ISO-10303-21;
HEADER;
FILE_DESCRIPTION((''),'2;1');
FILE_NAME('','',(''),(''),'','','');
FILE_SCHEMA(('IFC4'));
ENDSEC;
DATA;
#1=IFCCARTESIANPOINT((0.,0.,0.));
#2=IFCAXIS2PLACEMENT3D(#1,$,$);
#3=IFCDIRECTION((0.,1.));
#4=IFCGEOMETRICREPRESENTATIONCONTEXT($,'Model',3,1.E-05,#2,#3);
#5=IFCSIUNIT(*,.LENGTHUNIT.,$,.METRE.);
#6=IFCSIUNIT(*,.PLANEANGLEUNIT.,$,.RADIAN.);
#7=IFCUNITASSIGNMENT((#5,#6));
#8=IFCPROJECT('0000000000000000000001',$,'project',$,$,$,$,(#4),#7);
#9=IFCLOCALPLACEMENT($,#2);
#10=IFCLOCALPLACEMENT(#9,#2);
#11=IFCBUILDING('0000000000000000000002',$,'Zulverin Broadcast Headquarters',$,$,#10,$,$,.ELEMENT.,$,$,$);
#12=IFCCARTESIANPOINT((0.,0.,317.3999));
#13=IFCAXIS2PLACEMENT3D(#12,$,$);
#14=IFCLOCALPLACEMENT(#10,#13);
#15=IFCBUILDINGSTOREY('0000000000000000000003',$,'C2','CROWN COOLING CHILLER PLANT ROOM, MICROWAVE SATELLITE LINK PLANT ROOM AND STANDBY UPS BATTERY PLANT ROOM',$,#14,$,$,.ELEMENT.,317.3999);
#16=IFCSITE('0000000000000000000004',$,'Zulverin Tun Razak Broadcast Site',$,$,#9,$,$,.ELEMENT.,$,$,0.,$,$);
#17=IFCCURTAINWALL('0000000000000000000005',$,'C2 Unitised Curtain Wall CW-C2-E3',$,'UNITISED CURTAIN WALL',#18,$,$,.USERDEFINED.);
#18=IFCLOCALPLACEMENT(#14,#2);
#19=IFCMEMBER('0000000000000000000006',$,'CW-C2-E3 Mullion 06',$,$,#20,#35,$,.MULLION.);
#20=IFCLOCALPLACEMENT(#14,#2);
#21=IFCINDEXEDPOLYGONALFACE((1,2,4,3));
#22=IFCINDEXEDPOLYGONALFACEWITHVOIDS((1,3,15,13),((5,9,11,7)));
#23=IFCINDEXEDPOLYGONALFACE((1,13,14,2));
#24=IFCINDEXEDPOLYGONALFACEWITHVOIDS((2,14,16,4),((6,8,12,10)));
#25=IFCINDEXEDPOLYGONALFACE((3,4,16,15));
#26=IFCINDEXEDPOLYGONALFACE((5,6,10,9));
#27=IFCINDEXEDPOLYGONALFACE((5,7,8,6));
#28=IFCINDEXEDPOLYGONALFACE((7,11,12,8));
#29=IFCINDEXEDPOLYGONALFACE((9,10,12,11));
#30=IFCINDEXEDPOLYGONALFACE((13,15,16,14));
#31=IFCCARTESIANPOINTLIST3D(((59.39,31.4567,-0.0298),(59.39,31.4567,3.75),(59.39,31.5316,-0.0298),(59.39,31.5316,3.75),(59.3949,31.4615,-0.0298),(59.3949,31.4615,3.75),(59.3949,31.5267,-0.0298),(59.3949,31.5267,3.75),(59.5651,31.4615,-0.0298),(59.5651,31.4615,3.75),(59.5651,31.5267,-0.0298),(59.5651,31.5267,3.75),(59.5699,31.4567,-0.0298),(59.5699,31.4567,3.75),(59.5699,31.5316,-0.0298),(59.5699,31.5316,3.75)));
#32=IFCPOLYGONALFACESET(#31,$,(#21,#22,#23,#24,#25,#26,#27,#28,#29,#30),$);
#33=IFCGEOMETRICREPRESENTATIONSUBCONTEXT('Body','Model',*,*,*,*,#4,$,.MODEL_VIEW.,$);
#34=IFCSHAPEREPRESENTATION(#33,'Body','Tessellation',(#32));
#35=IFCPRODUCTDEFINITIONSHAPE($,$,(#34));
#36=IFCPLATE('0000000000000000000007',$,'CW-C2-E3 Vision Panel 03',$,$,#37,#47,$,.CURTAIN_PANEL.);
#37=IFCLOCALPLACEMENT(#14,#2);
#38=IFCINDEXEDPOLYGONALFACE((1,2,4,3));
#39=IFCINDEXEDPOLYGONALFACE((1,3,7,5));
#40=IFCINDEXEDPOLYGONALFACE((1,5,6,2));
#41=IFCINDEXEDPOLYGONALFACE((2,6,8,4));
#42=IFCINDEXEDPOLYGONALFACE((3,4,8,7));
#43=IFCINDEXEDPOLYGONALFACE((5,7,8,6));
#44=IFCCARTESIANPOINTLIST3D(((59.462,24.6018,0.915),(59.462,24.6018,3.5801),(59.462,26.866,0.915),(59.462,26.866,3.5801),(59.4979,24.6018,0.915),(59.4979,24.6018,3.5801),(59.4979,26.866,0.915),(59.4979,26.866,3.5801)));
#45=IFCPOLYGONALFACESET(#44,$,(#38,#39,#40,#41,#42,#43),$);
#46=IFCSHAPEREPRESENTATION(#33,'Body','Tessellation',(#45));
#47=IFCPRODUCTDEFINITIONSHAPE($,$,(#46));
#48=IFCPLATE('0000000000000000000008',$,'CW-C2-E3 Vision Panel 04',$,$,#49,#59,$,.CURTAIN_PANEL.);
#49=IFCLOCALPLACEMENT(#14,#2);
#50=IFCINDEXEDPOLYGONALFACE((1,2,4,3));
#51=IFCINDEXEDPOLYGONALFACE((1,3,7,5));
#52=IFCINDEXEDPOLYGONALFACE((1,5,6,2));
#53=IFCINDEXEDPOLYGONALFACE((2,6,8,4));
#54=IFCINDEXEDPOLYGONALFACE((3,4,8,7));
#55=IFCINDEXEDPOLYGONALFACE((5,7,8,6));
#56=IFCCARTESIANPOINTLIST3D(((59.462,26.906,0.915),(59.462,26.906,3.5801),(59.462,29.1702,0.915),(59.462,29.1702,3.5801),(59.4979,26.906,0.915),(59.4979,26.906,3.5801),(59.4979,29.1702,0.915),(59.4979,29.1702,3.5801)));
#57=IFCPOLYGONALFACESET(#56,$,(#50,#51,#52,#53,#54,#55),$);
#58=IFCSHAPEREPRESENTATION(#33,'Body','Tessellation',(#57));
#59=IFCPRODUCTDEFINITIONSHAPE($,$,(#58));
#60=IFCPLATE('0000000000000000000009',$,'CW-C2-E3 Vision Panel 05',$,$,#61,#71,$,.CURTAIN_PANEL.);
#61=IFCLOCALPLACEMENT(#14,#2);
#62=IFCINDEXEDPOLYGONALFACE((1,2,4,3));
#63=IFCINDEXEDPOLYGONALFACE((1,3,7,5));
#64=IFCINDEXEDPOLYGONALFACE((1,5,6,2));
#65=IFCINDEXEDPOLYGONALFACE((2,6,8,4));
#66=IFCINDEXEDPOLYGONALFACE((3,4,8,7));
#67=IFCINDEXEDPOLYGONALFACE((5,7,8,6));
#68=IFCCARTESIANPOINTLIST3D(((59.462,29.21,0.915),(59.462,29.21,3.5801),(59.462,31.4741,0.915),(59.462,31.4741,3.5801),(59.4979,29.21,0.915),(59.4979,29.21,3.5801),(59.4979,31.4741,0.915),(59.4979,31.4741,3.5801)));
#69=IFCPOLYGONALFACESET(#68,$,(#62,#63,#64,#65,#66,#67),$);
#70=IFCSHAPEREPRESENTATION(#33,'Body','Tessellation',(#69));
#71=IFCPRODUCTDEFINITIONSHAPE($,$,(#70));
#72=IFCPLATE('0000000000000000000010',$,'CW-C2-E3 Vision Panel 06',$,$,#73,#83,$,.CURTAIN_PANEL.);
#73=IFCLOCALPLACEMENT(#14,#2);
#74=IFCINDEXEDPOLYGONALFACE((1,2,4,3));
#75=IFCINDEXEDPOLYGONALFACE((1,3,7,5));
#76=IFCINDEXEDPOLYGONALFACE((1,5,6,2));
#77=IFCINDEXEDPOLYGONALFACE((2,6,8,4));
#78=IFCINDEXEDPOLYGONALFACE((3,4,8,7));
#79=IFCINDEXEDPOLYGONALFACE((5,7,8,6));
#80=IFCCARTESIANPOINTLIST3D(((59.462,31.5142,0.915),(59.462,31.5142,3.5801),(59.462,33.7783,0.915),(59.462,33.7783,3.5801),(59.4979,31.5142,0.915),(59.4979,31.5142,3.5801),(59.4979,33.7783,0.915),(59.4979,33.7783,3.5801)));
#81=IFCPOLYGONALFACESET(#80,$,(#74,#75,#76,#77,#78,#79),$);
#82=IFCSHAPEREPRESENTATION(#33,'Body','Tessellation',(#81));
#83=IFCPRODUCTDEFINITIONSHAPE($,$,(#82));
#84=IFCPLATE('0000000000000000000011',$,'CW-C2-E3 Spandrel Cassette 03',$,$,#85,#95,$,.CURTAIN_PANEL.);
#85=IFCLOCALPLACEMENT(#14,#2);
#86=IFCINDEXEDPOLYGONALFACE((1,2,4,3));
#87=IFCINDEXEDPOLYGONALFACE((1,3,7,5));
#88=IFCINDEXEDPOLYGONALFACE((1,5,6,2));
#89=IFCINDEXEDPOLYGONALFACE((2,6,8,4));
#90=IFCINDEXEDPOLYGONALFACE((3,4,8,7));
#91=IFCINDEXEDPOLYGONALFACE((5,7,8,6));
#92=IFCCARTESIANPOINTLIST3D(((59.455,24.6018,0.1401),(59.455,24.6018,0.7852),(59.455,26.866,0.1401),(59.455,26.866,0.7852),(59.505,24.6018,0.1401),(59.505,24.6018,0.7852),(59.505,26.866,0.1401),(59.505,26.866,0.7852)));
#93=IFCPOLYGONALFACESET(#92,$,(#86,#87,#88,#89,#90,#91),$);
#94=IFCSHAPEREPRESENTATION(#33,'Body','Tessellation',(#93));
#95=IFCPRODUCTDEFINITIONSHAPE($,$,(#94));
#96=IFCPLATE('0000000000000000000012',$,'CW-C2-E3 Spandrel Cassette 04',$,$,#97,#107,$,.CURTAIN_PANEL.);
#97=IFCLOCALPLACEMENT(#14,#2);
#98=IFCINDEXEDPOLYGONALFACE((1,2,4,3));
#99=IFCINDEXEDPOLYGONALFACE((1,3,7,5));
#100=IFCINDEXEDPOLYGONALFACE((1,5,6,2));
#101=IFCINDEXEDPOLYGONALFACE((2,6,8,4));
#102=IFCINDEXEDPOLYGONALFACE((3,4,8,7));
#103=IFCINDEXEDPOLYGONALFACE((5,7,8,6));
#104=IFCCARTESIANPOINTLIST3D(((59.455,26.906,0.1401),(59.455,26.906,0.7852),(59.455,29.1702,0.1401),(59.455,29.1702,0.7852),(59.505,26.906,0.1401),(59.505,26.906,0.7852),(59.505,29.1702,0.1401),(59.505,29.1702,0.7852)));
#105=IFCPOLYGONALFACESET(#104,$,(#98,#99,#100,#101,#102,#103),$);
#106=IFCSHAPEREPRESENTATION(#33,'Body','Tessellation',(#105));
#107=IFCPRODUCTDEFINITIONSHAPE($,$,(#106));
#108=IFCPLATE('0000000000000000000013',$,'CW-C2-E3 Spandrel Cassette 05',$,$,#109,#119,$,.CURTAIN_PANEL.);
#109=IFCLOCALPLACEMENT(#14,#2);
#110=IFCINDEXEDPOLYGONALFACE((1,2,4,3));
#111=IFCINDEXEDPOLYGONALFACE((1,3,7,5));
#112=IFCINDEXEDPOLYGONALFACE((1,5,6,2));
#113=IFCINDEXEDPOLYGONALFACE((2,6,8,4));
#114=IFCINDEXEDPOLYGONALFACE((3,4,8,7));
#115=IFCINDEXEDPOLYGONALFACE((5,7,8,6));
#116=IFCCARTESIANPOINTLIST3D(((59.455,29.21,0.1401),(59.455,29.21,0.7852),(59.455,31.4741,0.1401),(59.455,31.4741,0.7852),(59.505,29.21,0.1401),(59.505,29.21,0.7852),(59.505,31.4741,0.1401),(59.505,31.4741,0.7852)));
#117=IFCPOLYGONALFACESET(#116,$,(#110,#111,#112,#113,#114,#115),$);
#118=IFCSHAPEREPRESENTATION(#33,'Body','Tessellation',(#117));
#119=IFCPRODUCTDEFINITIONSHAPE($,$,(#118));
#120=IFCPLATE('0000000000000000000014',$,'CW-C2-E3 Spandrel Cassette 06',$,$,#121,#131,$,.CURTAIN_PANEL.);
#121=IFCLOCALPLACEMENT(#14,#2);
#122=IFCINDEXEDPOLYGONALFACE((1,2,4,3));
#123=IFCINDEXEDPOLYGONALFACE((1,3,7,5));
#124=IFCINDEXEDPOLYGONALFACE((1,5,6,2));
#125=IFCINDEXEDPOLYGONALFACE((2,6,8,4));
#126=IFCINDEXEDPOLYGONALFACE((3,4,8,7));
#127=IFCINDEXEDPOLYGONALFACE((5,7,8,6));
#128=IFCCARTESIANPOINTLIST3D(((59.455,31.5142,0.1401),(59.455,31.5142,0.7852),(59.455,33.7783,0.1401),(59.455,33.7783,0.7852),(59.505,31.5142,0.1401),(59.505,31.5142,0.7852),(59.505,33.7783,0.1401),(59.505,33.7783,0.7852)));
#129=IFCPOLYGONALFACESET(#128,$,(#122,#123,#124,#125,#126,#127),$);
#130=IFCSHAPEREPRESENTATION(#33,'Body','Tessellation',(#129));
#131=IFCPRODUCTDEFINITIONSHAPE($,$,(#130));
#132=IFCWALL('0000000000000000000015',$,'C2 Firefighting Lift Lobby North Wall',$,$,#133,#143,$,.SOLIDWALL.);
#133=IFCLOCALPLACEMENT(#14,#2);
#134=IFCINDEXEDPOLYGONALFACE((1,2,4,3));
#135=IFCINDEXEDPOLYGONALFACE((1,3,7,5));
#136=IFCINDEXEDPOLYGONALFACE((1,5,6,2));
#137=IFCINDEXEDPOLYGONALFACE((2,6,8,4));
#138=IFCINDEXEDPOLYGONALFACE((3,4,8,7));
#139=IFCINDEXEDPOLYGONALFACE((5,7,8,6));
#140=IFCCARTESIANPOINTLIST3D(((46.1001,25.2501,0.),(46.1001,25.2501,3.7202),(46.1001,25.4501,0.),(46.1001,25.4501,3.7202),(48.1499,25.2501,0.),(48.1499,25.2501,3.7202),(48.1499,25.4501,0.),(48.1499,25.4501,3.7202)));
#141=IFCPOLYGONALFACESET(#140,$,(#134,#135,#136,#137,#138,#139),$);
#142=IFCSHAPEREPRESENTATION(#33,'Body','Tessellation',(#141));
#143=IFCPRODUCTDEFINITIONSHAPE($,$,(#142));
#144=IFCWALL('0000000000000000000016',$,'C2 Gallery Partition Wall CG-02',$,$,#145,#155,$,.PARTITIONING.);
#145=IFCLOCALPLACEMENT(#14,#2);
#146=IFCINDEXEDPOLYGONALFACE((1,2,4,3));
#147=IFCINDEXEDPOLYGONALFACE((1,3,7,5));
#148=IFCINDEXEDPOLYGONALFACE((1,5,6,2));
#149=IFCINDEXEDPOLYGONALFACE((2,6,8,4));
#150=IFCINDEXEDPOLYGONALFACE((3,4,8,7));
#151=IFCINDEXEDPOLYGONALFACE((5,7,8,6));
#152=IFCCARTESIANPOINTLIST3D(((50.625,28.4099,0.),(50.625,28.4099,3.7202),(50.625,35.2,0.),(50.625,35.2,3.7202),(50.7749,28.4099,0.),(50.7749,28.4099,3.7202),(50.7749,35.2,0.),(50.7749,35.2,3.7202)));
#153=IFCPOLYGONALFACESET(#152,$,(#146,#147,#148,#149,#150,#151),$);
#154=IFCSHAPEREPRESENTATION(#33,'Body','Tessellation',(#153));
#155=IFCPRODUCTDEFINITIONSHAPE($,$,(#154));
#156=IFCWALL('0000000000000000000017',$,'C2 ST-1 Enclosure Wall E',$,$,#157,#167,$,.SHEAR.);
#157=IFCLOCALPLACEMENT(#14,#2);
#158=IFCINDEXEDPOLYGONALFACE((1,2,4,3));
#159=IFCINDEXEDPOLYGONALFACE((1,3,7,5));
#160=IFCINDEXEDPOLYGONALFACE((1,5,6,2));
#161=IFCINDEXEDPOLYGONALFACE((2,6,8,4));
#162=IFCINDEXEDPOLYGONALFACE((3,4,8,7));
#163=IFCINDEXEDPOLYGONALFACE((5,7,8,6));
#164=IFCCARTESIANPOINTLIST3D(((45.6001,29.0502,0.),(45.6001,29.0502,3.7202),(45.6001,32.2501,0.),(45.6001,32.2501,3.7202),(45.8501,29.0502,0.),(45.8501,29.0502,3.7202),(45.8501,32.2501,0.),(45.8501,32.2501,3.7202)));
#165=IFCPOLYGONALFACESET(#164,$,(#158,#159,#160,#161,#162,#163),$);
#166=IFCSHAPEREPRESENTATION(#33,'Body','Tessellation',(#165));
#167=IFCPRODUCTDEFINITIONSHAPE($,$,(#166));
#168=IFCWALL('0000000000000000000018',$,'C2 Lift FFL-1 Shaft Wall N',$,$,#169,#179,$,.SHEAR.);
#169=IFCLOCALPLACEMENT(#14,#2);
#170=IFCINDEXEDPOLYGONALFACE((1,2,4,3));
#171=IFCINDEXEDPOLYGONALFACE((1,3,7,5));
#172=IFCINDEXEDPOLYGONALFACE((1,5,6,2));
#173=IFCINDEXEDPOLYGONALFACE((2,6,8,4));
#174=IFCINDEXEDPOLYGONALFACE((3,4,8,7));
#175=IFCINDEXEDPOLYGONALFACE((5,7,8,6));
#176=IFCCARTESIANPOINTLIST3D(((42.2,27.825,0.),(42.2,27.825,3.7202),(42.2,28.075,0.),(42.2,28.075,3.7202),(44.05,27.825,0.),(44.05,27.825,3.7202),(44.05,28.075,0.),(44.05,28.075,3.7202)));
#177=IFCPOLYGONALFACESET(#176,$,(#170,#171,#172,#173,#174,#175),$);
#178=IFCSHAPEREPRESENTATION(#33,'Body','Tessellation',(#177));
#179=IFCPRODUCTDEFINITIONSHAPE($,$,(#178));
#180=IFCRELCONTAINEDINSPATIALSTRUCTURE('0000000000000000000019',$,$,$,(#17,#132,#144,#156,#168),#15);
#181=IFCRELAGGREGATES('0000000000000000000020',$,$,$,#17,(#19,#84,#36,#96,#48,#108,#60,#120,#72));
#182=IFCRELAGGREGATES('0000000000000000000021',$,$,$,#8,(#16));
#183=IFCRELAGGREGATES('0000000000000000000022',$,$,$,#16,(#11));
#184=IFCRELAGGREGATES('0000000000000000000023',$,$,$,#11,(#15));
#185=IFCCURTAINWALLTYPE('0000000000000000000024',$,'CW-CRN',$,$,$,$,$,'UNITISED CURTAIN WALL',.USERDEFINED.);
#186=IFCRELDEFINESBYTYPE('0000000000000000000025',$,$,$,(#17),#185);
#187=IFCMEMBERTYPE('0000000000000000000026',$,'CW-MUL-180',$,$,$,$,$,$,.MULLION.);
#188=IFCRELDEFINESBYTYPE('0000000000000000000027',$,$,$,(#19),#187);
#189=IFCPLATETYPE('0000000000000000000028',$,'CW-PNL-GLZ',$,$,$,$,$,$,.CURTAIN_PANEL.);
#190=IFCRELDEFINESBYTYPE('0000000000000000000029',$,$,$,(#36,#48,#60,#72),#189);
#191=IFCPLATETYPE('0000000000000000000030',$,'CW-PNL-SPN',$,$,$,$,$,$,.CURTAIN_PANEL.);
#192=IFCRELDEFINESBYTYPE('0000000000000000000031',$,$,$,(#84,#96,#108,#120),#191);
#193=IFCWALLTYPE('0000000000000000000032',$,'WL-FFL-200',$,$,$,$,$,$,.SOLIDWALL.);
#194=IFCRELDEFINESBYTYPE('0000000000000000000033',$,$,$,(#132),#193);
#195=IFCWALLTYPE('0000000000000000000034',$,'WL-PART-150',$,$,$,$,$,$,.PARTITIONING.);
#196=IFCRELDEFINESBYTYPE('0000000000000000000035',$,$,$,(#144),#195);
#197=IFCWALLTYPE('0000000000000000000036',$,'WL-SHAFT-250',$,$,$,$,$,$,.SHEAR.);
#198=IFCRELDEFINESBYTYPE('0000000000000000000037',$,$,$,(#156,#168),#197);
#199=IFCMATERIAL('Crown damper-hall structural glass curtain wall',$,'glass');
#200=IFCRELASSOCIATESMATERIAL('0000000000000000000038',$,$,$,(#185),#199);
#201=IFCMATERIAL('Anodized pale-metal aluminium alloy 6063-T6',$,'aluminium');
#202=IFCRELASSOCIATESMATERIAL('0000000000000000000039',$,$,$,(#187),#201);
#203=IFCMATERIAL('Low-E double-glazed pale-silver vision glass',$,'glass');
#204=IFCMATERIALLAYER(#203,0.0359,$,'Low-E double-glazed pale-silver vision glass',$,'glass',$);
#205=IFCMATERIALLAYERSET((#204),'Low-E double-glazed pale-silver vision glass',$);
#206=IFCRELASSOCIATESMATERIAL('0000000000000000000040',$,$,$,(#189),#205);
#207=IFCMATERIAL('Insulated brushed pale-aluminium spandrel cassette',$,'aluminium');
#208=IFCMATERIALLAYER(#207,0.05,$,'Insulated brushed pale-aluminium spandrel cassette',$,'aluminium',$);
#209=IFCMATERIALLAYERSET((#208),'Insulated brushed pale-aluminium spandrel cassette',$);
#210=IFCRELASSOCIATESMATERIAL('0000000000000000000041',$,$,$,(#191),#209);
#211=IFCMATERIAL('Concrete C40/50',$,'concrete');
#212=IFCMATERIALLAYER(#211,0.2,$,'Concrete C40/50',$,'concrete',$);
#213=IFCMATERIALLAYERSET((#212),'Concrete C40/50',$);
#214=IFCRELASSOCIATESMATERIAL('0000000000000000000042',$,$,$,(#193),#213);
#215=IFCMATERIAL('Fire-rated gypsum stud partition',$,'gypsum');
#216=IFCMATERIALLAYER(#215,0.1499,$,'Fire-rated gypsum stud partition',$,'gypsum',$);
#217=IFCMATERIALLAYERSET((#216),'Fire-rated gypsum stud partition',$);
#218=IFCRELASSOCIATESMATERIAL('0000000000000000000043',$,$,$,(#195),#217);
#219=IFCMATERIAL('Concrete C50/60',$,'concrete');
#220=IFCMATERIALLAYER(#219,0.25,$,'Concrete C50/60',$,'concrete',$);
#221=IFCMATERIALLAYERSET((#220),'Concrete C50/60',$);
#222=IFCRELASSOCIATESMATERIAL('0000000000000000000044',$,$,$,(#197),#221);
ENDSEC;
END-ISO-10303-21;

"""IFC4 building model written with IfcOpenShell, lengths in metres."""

from ifc_helpers import new_model, si_unit, direction, frame, frame_2d, origin, origin_2d, place, context, subcontext, project, spatial, rectangle, hollow_rectangle, extrude, material, layer, layer_set, material_profile, profile_set, type_object, element, aggregate, save


model = new_model("IFC4")

# Units and contexts
model_context = context("Model", 3, precision=1e-05, world=origin(), true_north=direction((0.0, 1.0)))
body_context = subcontext(model_context, "Body", "Model", "MODEL_VIEW")
ifc_project = project(units=[si_unit("LENGTHUNIT", "METRE"), si_unit("PLANEANGLEUNIT", "RADIAN")], contexts=[model_context])

# Site, building, storey
site_placement = place(None, origin())
site = spatial("IfcSite", under=ifc_project, at=site_placement, Name="Zulverin Tun Razak Broadcast Site", CompositionType="ELEMENT", RefElevation=0.0)
building_placement = place(site_placement, origin())
building = spatial("IfcBuilding", under=site, at=building_placement, Name="Zulverin Broadcast Headquarters", CompositionType="ELEMENT")
storey_placement = place(building_placement, frame((0.0, 0.0, 317.3999)))
storey = spatial("IfcBuildingStorey", under=building, at=storey_placement, Name="C2", Description="CROWN COOLING CHILLER PLANT ROOM, MICROWAVE SATELLITE LINK PLANT ROOM AND STANDBY UPS BATTERY PLANT ROOM", CompositionType="ELEMENT", Elevation=317.3999)

# Shared definitions
ifc_material_1 = material(Name="Concrete C50/60", Category="concrete")

# Curtain wall, member, plates
ifc_material_2 = material(Name="Crown damper-hall structural glass curtain wall", Category="glass")
curtain_wall_type = type_object("IfcCurtainWallType", Name="CW-CRN", ElementType="UNITISED CURTAIN WALL", PredefinedType="USERDEFINED", material=ifc_material_2)
curtain_wall_placement = place(storey_placement, origin())
curtain_wall = element("IfcCurtainWall", 1, at=curtain_wall_placement, inside=storey, type_object=curtain_wall_type, Name="C2 Unitised Curtain Wall CW-C2-E3", ObjectType="UNITISED CURTAIN WALL", PredefinedType="USERDEFINED")
ifc_material_3 = material(Name="Anodized pale-metal aluminium alloy 6063-T6", Category="aluminium")
ifc_material_profile_1 = material_profile(ifc_material_3, hollow_rectangle(XDim=0.075, YDim=0.1799, WallThickness=0.0049, at=origin_2d()), Name="Anodized pale-metal aluminium alloy 6063-T6", Category="aluminium")
ifc_profile_set_1 = profile_set([ifc_material_profile_1], Name="Anodized pale-metal aluminium alloy 6063-T6")
member_type = type_object("IfcMemberType", Name="CW-MUL-180", PredefinedType="MULLION", material=ifc_profile_set_1)
member_1_placement = place(storey_placement, frame((59.48, 31.4941, -0.0298), z_axis=(0.0, 0.0, 1.0), x_axis=(0.0, 1.0, 0.0)))
member_1 = element("IfcMember", 2, at=member_1_placement, type_object=member_type, Name="CW-C2-E3 Mullion 06", PredefinedType="MULLION", context=body_context, shape_type="SweptSolid", body=[
    extrude(hollow_rectangle(XDim=0.075, YDim=0.1799, WallThickness=0.0049, at=origin_2d()), origin(), (0.0, 0.0, 1.0), 3.7798),
])
ifc_material_4 = material(Name="Low-E double-glazed pale-silver vision glass", Category="glass")
ifc_layer_1 = layer(ifc_material_4, 0.0359, Name="Low-E double-glazed pale-silver vision glass", Category="glass")
ifc_layer_set_1 = layer_set([ifc_layer_1], Name="Low-E double-glazed pale-silver vision glass")
plate_type_1 = type_object("IfcPlateType", Name="CW-PNL-GLZ", PredefinedType="CURTAIN_PANEL", material=ifc_layer_set_1)
plate_1_placement = place(storey_placement, frame((59.48, 25.7339, 0.915), z_axis=(0.0, 0.0, 1.0), x_axis=(0.0, 1.0, 0.0)))
plate_1 = element("IfcPlate", 3, at=plate_1_placement, type_object=plate_type_1, Name="CW-C2-E3 Vision Panel 03", PredefinedType="CURTAIN_PANEL", context=body_context, shape_type="SweptSolid", body=[
    extrude(rectangle(XDim=2.2642, YDim=0.0359, at=origin_2d()), origin(), (0.0, 0.0, 1.0), 2.665),
])
plate_2_placement = place(storey_placement, frame((59.48, 28.0381, 0.915), z_axis=(0.0, 0.0, 1.0), x_axis=(0.0, 1.0, 0.0)))
plate_2 = element("IfcPlate", 4, at=plate_2_placement, type_object=plate_type_1, Name="CW-C2-E3 Vision Panel 04", PredefinedType="CURTAIN_PANEL", context=body_context, shape_type="SweptSolid", body=[
    extrude(rectangle(XDim=2.2642, YDim=0.0359, at=origin_2d()), origin(), (0.0, 0.0, 1.0), 2.665),
])
plate_3_placement = place(storey_placement, frame((59.48, 30.342, 0.915), z_axis=(0.0, 0.0, 1.0), x_axis=(0.0, 1.0, 0.0)))
plate_3 = element("IfcPlate", 5, at=plate_3_placement, type_object=plate_type_1, Name="CW-C2-E3 Vision Panel 05", PredefinedType="CURTAIN_PANEL", context=body_context, shape_type="SweptSolid", body=[
    extrude(rectangle(XDim=2.2642, YDim=0.0359, at=origin_2d()), origin(), (0.0, 0.0, 1.0), 2.665),
])
plate_4_placement = place(storey_placement, frame((59.48, 32.6462, 0.915), z_axis=(0.0, 0.0, 1.0), x_axis=(0.0, 1.0, 0.0)))
plate_4 = element("IfcPlate", 6, at=plate_4_placement, type_object=plate_type_1, Name="CW-C2-E3 Vision Panel 06", PredefinedType="CURTAIN_PANEL", context=body_context, shape_type="SweptSolid", body=[
    extrude(rectangle(XDim=2.2642, YDim=0.0359, at=origin_2d()), origin(), (0.0, 0.0, 1.0), 2.665),
])
ifc_material_5 = material(Name="Insulated brushed pale-aluminium spandrel cassette", Category="aluminium")
ifc_layer_2 = layer(ifc_material_5, 0.05, Name="Insulated brushed pale-aluminium spandrel cassette", Category="aluminium")
ifc_layer_set_2 = layer_set([ifc_layer_2], Name="Insulated brushed pale-aluminium spandrel cassette")
plate_type_2 = type_object("IfcPlateType", Name="CW-PNL-SPN", PredefinedType="CURTAIN_PANEL", material=ifc_layer_set_2)
plate_5_placement = place(storey_placement, frame((59.48, 25.7339, 0.1401), z_axis=(0.0, 0.0, 1.0), x_axis=(0.0, 1.0, 0.0)))
plate_5 = element("IfcPlate", 7, at=plate_5_placement, type_object=plate_type_2, Name="CW-C2-E3 Spandrel Cassette 03", PredefinedType="CURTAIN_PANEL", context=body_context, shape_type="SweptSolid", body=[
    extrude(rectangle(XDim=2.2642, YDim=0.05, at=origin_2d()), origin(), (0.0, 0.0, 1.0), 0.645),
])
plate_6_placement = place(storey_placement, frame((59.48, 28.0381, 0.1401), z_axis=(0.0, 0.0, 1.0), x_axis=(0.0, 1.0, 0.0)))
plate_6 = element("IfcPlate", 8, at=plate_6_placement, type_object=plate_type_2, Name="CW-C2-E3 Spandrel Cassette 04", PredefinedType="CURTAIN_PANEL", context=body_context, shape_type="SweptSolid", body=[
    extrude(rectangle(XDim=2.2642, YDim=0.05, at=origin_2d()), origin(), (0.0, 0.0, 1.0), 0.645),
])
plate_7_placement = place(storey_placement, frame((59.48, 30.342, 0.1401), z_axis=(0.0, 0.0, 1.0), x_axis=(0.0, 1.0, 0.0)))
plate_7 = element("IfcPlate", 9, at=plate_7_placement, type_object=plate_type_2, Name="CW-C2-E3 Spandrel Cassette 05", PredefinedType="CURTAIN_PANEL", context=body_context, shape_type="SweptSolid", body=[
    extrude(rectangle(XDim=2.2642, YDim=0.05, at=origin_2d()), origin(), (0.0, 0.0, 1.0), 0.645),
])
plate_8_placement = place(storey_placement, frame((59.48, 32.6462, 0.1401), z_axis=(0.0, 0.0, 1.0), x_axis=(0.0, 1.0, 0.0)))
plate_8 = element("IfcPlate", 10, at=plate_8_placement, type_object=plate_type_2, Name="CW-C2-E3 Spandrel Cassette 06", PredefinedType="CURTAIN_PANEL", context=body_context, shape_type="SweptSolid", body=[
    extrude(rectangle(XDim=2.2642, YDim=0.05, at=origin_2d()), origin(), (0.0, 0.0, 1.0), 0.645),
])
aggregate(curtain_wall, [member_1, plate_5, plate_1, plate_6, plate_2, plate_7, plate_3, plate_8, plate_4])

# Walls
ifc_material_6 = material(Name="Concrete C40/50", Category="concrete")
ifc_layer_3 = layer(ifc_material_6, 0.2, Name="Concrete C40/50", Category="concrete")
ifc_layer_set_3 = layer_set([ifc_layer_3], Name="Concrete C40/50")
wall_type_1 = type_object("IfcWallType", Name="WL-FFL-200", PredefinedType="SOLIDWALL", material=ifc_layer_set_3)
wall_1_placement = place(storey_placement, frame((46.1001, 25.3501, 0.0), z_axis=(0.0, 0.0, 1.0), x_axis=(1.0, 0.0, 0.0)))
element("IfcWall", 11, at=wall_1_placement, inside=storey, type_object=wall_type_1, Name="C2 Firefighting Lift Lobby North Wall", PredefinedType="SOLIDWALL", context=body_context, shape_type="SweptSolid", body=[
    extrude(rectangle(XDim=2.0498, YDim=0.2, at=frame_2d((1.0249, 0.0))), origin(), (0.0, 0.0, 1.0), 3.7202),
])
ifc_material_7 = material(Name="Fire-rated gypsum stud partition", Category="gypsum")
ifc_layer_4 = layer(ifc_material_7, 0.1499, Name="Fire-rated gypsum stud partition", Category="gypsum")
ifc_layer_set_4 = layer_set([ifc_layer_4], Name="Fire-rated gypsum stud partition")
wall_type_2 = type_object("IfcWallType", Name="WL-PART-150", PredefinedType="PARTITIONING", material=ifc_layer_set_4)
wall_2_placement = place(storey_placement, frame((50.7, 28.4099, 0.0), z_axis=(0.0, 0.0, 1.0), x_axis=(0.0, 1.0, 0.0)))
element("IfcWall", 12, at=wall_2_placement, inside=storey, type_object=wall_type_2, Name="C2 Gallery Partition Wall CG-02", PredefinedType="PARTITIONING", context=body_context, shape_type="SweptSolid", body=[
    extrude(rectangle(XDim=6.79, YDim=0.1499, at=frame_2d((3.395, 0.0))), origin(), (0.0, 0.0, 1.0), 3.7202),
])
ifc_layer_5 = layer(ifc_material_1, 0.25, Name="Concrete C50/60", Category="concrete")
ifc_layer_set_5 = layer_set([ifc_layer_5], Name="Concrete C50/60")
wall_type_3 = type_object("IfcWallType", Name="WL-SHAFT-250", PredefinedType="SHEAR", material=ifc_layer_set_5)
wall_3_placement = place(storey_placement, frame((45.7251, 29.05, 0.0), z_axis=(0.0, 0.0, 1.0), x_axis=(0.0, 1.0, 0.0)))
element("IfcWall", 13, at=wall_3_placement, inside=storey, type_object=wall_type_3, Name="C2 ST-1 Enclosure Wall E", PredefinedType="SHEAR", context=body_context, shape_type="SweptSolid", body=[
    extrude(rectangle(XDim=3.2, YDim=0.25, at=frame_2d((1.6001, 0.0))), origin(), (0.0, 0.0, 1.0), 3.7202),
])
wall_4_placement = place(storey_placement, frame((42.2, 27.95, 0.0), z_axis=(0.0, 0.0, 1.0), x_axis=(1.0, 0.0, 0.0)))
element("IfcWall", 14, at=wall_4_placement, inside=storey, type_object=wall_type_3, Name="C2 Lift FFL-1 Shaft Wall N", PredefinedType="SHEAR", context=body_context, shape_type="SweptSolid", body=[
    extrude(rectangle(XDim=1.8501, YDim=0.25, at=frame_2d((0.925, 0.0))), origin(), (0.0, 0.0, 1.0), 3.7202),
])

save(model, "model.ifc")
